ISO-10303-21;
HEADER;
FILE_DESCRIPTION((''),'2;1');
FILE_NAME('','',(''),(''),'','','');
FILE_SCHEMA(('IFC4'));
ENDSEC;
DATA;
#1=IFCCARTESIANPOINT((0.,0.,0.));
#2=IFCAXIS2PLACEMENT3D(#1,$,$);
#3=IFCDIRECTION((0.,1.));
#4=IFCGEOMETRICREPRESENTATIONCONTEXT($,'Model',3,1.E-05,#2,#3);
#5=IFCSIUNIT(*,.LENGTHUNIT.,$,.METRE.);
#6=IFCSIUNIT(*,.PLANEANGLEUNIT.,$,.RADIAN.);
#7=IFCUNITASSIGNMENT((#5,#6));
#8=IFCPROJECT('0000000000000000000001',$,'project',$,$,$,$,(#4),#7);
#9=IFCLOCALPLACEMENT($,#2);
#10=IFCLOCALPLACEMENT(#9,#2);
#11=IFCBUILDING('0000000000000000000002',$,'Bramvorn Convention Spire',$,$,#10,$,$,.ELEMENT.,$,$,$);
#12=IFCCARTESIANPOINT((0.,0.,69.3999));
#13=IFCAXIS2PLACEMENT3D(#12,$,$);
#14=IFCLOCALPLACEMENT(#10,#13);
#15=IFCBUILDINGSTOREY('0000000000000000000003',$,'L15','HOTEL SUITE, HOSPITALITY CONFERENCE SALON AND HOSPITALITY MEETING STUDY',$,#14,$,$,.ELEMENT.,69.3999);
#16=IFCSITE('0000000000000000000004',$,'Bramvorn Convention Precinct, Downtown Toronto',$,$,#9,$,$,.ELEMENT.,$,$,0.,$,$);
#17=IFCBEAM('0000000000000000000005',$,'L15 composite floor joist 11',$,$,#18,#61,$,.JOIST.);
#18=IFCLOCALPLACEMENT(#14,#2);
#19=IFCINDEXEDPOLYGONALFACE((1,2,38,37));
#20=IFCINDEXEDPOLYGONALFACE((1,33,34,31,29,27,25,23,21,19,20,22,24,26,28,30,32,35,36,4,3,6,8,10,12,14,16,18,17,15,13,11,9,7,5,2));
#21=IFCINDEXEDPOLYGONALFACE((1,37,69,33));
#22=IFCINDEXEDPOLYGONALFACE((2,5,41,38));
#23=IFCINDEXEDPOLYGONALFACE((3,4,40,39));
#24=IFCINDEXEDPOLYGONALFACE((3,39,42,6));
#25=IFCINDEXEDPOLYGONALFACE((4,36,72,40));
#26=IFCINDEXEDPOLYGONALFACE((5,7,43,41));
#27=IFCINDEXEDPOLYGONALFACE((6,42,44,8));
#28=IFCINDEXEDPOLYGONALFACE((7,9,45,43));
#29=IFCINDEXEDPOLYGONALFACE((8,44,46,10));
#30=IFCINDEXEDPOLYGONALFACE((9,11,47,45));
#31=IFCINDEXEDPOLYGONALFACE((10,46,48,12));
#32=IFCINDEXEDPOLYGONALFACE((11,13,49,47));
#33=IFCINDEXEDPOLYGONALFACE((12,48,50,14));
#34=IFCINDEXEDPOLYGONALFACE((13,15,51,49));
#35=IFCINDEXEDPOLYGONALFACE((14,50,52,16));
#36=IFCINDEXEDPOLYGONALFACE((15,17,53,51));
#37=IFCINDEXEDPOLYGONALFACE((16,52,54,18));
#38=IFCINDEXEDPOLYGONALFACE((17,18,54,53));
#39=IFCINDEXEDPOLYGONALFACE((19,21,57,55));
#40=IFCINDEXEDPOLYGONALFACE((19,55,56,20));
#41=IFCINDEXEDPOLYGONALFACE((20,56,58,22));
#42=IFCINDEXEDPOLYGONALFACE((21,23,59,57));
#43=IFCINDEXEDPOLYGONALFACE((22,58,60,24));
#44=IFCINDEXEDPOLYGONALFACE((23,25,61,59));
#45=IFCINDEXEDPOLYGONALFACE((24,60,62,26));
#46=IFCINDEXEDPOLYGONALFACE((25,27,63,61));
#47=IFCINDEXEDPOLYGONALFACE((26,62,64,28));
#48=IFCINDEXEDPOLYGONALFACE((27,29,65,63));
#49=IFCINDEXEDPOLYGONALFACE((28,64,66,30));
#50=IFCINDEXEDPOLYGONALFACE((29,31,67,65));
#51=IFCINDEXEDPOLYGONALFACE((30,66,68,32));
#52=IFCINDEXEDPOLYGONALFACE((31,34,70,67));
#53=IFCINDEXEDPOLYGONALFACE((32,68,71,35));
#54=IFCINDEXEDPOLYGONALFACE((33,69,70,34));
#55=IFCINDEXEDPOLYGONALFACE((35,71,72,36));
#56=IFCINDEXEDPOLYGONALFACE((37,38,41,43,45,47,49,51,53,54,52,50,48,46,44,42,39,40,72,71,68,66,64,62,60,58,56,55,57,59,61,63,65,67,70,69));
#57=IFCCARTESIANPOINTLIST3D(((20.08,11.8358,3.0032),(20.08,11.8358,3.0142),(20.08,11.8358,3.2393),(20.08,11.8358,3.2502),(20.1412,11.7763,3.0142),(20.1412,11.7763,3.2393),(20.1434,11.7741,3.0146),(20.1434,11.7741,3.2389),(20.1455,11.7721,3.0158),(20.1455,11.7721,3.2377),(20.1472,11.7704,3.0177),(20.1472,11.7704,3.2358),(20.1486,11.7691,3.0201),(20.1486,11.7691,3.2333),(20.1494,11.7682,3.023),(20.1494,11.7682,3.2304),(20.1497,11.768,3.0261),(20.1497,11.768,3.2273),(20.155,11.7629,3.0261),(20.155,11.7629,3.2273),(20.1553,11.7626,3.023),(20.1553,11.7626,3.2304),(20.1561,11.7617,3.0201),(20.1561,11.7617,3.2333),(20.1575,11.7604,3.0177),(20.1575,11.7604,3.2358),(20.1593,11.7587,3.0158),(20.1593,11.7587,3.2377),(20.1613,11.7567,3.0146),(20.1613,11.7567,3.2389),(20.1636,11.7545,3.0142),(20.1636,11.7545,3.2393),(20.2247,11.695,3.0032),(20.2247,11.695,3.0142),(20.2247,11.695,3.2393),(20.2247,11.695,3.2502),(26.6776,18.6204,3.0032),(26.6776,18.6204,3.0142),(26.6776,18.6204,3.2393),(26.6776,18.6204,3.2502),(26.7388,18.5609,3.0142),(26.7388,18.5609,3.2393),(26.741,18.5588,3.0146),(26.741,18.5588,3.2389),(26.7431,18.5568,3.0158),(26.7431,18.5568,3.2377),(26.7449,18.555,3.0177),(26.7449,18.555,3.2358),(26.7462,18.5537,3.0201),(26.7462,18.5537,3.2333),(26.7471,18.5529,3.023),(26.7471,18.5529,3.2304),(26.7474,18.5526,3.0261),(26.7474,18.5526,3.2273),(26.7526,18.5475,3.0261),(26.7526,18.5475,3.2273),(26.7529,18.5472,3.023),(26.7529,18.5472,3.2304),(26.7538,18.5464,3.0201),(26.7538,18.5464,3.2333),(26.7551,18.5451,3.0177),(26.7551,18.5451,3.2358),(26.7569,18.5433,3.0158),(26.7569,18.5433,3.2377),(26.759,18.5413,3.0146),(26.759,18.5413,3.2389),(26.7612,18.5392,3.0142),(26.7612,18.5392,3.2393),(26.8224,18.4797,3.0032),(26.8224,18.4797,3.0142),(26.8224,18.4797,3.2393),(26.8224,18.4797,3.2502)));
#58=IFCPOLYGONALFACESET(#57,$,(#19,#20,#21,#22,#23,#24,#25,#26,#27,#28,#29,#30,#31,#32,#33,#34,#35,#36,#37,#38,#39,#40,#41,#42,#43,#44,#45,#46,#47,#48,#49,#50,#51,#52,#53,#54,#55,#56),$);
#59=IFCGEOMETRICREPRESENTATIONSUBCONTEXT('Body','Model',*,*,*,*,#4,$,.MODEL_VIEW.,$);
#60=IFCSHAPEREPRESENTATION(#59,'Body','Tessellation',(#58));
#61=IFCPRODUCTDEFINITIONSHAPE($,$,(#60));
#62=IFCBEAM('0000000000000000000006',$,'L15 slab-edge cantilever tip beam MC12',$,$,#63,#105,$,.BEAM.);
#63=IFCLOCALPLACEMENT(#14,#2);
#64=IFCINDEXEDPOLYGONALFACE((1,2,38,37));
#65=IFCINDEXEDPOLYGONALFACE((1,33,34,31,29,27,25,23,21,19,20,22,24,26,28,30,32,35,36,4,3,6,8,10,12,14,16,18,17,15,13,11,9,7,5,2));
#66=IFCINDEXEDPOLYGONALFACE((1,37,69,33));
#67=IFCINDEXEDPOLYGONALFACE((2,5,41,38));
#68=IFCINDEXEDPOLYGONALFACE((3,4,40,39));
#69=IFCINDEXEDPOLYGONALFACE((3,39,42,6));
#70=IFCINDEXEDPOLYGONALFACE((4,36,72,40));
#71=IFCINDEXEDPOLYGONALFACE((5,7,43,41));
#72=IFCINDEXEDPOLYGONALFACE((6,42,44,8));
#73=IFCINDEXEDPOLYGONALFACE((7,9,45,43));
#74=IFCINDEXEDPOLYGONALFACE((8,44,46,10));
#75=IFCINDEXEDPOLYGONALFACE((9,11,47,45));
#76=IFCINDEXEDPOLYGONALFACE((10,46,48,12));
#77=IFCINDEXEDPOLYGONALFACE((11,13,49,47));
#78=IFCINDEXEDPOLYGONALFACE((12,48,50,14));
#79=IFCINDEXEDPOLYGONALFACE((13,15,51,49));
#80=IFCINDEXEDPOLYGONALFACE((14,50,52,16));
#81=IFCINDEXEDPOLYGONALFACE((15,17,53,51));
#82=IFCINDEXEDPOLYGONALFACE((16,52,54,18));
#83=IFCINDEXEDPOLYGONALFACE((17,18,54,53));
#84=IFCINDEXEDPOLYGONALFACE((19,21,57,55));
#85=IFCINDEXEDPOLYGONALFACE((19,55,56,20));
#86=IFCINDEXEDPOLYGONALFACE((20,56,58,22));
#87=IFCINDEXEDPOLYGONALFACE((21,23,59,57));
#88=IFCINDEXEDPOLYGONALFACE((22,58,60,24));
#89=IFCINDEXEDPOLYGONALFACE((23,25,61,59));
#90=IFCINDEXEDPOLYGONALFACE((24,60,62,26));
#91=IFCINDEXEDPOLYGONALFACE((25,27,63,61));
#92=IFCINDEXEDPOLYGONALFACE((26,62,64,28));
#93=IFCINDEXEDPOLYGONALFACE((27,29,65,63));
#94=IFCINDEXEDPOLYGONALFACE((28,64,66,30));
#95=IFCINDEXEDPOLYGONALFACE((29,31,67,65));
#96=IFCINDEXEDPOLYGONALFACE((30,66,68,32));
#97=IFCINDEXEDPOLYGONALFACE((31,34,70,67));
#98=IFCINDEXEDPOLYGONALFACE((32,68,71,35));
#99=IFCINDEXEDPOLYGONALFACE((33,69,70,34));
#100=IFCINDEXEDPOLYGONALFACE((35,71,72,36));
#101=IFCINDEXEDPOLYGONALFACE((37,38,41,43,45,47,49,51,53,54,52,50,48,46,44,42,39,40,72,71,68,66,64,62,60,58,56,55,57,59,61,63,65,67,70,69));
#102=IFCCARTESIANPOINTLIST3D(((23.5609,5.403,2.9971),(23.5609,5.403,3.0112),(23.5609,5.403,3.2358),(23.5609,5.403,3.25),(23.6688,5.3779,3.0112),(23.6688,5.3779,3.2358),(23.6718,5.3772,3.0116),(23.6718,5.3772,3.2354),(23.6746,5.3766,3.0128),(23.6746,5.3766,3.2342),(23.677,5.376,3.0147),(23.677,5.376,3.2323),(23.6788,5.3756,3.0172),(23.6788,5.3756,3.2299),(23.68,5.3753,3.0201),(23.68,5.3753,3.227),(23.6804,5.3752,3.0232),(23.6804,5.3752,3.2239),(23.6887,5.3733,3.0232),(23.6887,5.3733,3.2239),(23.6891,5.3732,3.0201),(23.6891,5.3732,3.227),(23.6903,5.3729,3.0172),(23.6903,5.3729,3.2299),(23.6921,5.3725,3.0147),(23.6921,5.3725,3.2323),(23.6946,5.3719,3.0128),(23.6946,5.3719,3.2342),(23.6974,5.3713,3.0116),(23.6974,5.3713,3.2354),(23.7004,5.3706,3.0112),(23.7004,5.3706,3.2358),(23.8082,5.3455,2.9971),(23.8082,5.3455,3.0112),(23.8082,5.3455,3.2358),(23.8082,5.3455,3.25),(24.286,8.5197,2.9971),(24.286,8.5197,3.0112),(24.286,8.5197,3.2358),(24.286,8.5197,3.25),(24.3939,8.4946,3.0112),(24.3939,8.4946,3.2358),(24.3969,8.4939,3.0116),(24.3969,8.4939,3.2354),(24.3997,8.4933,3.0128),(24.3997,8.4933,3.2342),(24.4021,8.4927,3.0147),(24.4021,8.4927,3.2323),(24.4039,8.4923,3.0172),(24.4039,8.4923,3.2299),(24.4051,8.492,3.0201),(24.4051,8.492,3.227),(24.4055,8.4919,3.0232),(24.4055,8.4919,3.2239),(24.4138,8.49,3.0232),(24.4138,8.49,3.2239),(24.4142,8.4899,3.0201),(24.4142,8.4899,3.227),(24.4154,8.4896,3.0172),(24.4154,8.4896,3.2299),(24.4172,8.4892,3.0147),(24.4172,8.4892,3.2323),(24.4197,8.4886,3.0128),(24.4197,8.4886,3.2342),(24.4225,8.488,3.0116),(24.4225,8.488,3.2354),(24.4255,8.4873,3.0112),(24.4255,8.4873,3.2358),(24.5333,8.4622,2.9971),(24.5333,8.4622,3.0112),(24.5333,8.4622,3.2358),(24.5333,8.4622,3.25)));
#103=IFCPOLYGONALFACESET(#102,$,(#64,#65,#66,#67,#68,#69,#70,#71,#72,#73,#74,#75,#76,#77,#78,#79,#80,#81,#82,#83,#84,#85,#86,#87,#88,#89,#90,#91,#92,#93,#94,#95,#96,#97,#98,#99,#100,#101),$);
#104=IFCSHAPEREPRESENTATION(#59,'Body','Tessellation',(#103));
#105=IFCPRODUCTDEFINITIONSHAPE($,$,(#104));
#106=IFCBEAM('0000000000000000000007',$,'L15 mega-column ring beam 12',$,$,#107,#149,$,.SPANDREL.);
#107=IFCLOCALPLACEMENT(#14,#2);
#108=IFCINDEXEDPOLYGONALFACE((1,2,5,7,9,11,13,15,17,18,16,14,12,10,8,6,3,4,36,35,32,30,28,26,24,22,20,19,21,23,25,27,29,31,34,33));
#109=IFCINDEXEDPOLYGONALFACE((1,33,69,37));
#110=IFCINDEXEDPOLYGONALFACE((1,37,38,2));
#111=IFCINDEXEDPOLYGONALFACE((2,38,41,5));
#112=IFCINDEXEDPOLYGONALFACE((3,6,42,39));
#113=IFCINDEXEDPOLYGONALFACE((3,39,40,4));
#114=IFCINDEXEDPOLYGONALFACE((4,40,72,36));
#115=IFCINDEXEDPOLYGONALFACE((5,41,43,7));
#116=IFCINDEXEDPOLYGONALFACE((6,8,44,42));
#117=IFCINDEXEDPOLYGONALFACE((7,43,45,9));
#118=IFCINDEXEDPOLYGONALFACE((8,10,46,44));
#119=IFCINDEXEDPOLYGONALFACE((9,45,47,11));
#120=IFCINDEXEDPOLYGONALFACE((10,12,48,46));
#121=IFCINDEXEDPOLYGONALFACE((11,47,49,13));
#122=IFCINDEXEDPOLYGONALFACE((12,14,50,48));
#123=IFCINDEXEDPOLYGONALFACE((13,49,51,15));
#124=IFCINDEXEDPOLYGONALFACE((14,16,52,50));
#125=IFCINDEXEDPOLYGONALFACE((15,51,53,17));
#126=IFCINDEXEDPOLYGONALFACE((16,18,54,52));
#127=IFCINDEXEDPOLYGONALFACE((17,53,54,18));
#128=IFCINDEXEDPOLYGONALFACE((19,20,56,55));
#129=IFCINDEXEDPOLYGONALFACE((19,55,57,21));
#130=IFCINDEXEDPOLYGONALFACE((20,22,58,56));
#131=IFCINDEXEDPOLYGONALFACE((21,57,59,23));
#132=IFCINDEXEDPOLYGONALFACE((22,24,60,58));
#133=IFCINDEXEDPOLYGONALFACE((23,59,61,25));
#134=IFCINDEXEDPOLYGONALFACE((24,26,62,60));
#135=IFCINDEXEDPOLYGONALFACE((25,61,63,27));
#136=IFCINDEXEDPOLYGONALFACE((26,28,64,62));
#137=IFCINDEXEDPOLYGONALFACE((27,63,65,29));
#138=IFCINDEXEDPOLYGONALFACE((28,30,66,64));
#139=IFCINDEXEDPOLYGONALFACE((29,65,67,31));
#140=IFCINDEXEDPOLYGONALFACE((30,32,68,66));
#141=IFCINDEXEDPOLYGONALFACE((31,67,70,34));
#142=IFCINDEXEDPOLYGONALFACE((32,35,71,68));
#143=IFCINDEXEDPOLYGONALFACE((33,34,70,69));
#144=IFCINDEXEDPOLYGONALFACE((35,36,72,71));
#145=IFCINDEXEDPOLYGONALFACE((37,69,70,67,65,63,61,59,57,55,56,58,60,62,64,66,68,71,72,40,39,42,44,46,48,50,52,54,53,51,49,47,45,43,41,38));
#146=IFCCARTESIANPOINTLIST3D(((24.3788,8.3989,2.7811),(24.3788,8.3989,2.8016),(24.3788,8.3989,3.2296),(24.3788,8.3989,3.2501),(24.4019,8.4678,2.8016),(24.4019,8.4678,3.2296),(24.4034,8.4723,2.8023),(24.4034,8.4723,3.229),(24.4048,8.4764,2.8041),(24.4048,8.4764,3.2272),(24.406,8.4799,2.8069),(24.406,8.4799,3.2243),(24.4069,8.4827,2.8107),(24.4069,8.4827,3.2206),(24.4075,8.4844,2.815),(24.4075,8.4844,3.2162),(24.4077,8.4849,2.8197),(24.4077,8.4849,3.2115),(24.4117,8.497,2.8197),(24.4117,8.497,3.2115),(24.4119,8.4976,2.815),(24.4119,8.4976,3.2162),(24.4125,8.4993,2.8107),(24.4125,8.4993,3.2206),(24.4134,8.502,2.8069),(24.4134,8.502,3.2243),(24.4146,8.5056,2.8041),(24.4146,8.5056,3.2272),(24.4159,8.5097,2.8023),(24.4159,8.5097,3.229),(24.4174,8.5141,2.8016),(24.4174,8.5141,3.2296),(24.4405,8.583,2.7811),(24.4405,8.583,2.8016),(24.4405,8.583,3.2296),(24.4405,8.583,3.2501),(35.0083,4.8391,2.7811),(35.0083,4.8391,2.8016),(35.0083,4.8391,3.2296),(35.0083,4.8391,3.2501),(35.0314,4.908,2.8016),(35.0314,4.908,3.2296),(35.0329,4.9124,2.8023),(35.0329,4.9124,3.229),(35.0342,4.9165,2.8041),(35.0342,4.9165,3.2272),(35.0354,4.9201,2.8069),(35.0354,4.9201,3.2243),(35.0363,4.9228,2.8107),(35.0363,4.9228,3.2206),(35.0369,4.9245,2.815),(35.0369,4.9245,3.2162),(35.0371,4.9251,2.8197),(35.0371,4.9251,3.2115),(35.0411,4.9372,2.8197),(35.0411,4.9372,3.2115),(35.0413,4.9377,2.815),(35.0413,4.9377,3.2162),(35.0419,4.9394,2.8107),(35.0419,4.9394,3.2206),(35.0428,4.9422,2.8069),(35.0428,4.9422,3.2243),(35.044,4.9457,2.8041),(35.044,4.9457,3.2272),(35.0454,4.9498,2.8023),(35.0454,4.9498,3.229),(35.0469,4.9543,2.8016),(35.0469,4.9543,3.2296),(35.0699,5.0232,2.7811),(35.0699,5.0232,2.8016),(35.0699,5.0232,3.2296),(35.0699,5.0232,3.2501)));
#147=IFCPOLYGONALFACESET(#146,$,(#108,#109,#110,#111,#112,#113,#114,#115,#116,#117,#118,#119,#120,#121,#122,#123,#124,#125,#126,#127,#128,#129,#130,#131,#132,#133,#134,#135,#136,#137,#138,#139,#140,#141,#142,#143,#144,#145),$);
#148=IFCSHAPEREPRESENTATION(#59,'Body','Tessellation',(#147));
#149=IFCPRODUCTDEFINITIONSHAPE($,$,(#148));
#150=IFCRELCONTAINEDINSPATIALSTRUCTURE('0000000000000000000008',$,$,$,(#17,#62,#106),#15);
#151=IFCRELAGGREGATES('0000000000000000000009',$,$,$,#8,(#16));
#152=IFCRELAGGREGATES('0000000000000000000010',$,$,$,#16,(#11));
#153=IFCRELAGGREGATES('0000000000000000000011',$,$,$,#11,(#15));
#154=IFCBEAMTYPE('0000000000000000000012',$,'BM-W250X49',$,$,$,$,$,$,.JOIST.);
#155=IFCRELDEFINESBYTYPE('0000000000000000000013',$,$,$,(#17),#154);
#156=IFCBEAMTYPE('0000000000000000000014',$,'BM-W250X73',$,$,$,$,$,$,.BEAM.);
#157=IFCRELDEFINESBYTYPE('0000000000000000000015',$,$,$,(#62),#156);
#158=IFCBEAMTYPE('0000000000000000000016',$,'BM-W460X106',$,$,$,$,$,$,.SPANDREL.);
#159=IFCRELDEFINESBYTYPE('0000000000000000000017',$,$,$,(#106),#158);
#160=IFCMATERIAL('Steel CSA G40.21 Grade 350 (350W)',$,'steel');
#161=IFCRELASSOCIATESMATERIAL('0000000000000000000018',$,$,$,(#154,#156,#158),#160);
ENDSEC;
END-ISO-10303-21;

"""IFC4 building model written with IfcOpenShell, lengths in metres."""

from ifc_helpers import new_model, si_unit, direction, frame, origin, origin_2d, place, context, subcontext, project, spatial, i_section, extrude, material, material_profile, profile_set, type_object, element, save


model = new_model("IFC4")

# Units and contexts
model_context = context("Model", 3, precision=1e-05, world=origin(), true_north=direction((0.0, 1.0)))
body_context = subcontext(model_context, "Body", "Model", "MODEL_VIEW")
ifc_project = project(units=[si_unit("LENGTHUNIT", "METRE"), si_unit("PLANEANGLEUNIT", "RADIAN")], contexts=[model_context])

# Site, building, storey
site_placement = place(None, origin())
site = spatial("IfcSite", under=ifc_project, at=site_placement, Name="Bramvorn Convention Precinct, Downtown Toronto", CompositionType="ELEMENT", RefElevation=0.0)
building_placement = place(site_placement, origin())
building = spatial("IfcBuilding", under=site, at=building_placement, Name="Bramvorn Convention Spire", CompositionType="ELEMENT")
storey_placement = place(building_placement, frame((0.0, 0.0, 69.3999)))
storey = spatial("IfcBuildingStorey", under=building, at=storey_placement, Name="L15", Description="HOTEL SUITE, HOSPITALITY CONFERENCE SALON AND HOSPITALITY MEETING STUDY", CompositionType="ELEMENT", Elevation=69.3999)

# Beams
ifc_material_1 = material(Name="Steel CSA G40.21 Grade 350 (350W)", Category="steel")
ifc_material_profile_1 = material_profile(ifc_material_1, i_section(OverallWidth=0.2019, OverallDepth=0.2471, WebThickness=0.0073, FlangeThickness=0.011, FilletRadius=0.012, at=origin_2d()))
ifc_profile_set_1 = profile_set([ifc_material_profile_1], Name="Steel CSA G40.21 Grade 350 (350W) - W250X49")
beam_type_1 = type_object("IfcBeamType", Name="BM-W250X49", PredefinedType="JOIST", material=ifc_profile_set_1)
beam_1_placement = place(storey_placement, frame((26.75, 18.55, 3.1267), z_axis=(-0.697157, -0.716918, 0.0), x_axis=(0.716918, -0.697157, 0.0)))
element("IfcBeam", 1, at=beam_1_placement, inside=storey, type_object=beam_type_1, Name="L15 composite floor joist 11", PredefinedType="JOIST", context=body_context, shape_type="SweptSolid", body=[
    extrude(i_section(OverallWidth=0.2019, OverallDepth=0.2471, WebThickness=0.0073, FlangeThickness=0.011, FilletRadius=0.012, at=origin_2d()), origin(), (0.0, 0.0, 1.0), 9.4636),
])
ifc_material_profile_2 = material_profile(ifc_material_1, i_section(OverallWidth=0.2539, OverallDepth=0.2529, WebThickness=0.0085, FlangeThickness=0.0142, FilletRadius=0.012, at=origin_2d()))
ifc_profile_set_2 = profile_set([ifc_material_profile_2], Name="Steel CSA G40.21 Grade 350 (350W) - W250X73")
beam_type_2 = type_object("IfcBeamType", Name="BM-W250X73", PredefinedType="BEAM", material=ifc_profile_set_2)
beam_2_placement = place(storey_placement, frame((24.4097, 8.491, 3.1235), z_axis=(-0.226598, -0.973988, 0.0), x_axis=(0.973988, -0.226598, 0.0)))
element("IfcBeam", 2, at=beam_2_placement, inside=storey, type_object=beam_type_2, Name="L15 slab-edge cantilever tip beam MC12", PredefinedType="BEAM", context=body_context, shape_type="SweptSolid", body=[
    extrude(i_section(OverallWidth=0.2539, OverallDepth=0.2529, WebThickness=0.0085, FlangeThickness=0.0142, FilletRadius=0.012, at=origin_2d()), origin(), (0.0, 0.0, 1.0), 3.2),
])
ifc_material_profile_3 = material_profile(ifc_material_1, i_section(OverallWidth=0.1941, OverallDepth=0.469, WebThickness=0.0127, FlangeThickness=0.0205, FilletRadius=0.0181, at=origin_2d()))
ifc_profile_set_3 = profile_set([ifc_material_profile_3], Name="Steel CSA G40.21 Grade 350 (350W) - W460X106")
beam_type_3 = type_object("IfcBeamType", Name="BM-W460X106", PredefinedType="SPANDREL", material=ifc_profile_set_3)
beam_3_placement = place(storey_placement, frame((24.4097, 8.491, 3.0156), z_axis=(0.948236, -0.317567, 0.0), x_axis=(0.317567, 0.948236, 0.0)))
element("IfcBeam", 3, at=beam_3_placement, inside=storey, type_object=beam_type_3, Name="L15 mega-column ring beam 12", PredefinedType="SPANDREL", context=body_context, shape_type="SweptSolid", body=[
    extrude(i_section(OverallWidth=0.1941, OverallDepth=0.469, WebThickness=0.0127, FlangeThickness=0.0205, FilletRadius=0.0181, at=origin_2d()), origin(), (0.0, 0.0, 1.0), 11.2097),
])

save(model, "model.ifc")
